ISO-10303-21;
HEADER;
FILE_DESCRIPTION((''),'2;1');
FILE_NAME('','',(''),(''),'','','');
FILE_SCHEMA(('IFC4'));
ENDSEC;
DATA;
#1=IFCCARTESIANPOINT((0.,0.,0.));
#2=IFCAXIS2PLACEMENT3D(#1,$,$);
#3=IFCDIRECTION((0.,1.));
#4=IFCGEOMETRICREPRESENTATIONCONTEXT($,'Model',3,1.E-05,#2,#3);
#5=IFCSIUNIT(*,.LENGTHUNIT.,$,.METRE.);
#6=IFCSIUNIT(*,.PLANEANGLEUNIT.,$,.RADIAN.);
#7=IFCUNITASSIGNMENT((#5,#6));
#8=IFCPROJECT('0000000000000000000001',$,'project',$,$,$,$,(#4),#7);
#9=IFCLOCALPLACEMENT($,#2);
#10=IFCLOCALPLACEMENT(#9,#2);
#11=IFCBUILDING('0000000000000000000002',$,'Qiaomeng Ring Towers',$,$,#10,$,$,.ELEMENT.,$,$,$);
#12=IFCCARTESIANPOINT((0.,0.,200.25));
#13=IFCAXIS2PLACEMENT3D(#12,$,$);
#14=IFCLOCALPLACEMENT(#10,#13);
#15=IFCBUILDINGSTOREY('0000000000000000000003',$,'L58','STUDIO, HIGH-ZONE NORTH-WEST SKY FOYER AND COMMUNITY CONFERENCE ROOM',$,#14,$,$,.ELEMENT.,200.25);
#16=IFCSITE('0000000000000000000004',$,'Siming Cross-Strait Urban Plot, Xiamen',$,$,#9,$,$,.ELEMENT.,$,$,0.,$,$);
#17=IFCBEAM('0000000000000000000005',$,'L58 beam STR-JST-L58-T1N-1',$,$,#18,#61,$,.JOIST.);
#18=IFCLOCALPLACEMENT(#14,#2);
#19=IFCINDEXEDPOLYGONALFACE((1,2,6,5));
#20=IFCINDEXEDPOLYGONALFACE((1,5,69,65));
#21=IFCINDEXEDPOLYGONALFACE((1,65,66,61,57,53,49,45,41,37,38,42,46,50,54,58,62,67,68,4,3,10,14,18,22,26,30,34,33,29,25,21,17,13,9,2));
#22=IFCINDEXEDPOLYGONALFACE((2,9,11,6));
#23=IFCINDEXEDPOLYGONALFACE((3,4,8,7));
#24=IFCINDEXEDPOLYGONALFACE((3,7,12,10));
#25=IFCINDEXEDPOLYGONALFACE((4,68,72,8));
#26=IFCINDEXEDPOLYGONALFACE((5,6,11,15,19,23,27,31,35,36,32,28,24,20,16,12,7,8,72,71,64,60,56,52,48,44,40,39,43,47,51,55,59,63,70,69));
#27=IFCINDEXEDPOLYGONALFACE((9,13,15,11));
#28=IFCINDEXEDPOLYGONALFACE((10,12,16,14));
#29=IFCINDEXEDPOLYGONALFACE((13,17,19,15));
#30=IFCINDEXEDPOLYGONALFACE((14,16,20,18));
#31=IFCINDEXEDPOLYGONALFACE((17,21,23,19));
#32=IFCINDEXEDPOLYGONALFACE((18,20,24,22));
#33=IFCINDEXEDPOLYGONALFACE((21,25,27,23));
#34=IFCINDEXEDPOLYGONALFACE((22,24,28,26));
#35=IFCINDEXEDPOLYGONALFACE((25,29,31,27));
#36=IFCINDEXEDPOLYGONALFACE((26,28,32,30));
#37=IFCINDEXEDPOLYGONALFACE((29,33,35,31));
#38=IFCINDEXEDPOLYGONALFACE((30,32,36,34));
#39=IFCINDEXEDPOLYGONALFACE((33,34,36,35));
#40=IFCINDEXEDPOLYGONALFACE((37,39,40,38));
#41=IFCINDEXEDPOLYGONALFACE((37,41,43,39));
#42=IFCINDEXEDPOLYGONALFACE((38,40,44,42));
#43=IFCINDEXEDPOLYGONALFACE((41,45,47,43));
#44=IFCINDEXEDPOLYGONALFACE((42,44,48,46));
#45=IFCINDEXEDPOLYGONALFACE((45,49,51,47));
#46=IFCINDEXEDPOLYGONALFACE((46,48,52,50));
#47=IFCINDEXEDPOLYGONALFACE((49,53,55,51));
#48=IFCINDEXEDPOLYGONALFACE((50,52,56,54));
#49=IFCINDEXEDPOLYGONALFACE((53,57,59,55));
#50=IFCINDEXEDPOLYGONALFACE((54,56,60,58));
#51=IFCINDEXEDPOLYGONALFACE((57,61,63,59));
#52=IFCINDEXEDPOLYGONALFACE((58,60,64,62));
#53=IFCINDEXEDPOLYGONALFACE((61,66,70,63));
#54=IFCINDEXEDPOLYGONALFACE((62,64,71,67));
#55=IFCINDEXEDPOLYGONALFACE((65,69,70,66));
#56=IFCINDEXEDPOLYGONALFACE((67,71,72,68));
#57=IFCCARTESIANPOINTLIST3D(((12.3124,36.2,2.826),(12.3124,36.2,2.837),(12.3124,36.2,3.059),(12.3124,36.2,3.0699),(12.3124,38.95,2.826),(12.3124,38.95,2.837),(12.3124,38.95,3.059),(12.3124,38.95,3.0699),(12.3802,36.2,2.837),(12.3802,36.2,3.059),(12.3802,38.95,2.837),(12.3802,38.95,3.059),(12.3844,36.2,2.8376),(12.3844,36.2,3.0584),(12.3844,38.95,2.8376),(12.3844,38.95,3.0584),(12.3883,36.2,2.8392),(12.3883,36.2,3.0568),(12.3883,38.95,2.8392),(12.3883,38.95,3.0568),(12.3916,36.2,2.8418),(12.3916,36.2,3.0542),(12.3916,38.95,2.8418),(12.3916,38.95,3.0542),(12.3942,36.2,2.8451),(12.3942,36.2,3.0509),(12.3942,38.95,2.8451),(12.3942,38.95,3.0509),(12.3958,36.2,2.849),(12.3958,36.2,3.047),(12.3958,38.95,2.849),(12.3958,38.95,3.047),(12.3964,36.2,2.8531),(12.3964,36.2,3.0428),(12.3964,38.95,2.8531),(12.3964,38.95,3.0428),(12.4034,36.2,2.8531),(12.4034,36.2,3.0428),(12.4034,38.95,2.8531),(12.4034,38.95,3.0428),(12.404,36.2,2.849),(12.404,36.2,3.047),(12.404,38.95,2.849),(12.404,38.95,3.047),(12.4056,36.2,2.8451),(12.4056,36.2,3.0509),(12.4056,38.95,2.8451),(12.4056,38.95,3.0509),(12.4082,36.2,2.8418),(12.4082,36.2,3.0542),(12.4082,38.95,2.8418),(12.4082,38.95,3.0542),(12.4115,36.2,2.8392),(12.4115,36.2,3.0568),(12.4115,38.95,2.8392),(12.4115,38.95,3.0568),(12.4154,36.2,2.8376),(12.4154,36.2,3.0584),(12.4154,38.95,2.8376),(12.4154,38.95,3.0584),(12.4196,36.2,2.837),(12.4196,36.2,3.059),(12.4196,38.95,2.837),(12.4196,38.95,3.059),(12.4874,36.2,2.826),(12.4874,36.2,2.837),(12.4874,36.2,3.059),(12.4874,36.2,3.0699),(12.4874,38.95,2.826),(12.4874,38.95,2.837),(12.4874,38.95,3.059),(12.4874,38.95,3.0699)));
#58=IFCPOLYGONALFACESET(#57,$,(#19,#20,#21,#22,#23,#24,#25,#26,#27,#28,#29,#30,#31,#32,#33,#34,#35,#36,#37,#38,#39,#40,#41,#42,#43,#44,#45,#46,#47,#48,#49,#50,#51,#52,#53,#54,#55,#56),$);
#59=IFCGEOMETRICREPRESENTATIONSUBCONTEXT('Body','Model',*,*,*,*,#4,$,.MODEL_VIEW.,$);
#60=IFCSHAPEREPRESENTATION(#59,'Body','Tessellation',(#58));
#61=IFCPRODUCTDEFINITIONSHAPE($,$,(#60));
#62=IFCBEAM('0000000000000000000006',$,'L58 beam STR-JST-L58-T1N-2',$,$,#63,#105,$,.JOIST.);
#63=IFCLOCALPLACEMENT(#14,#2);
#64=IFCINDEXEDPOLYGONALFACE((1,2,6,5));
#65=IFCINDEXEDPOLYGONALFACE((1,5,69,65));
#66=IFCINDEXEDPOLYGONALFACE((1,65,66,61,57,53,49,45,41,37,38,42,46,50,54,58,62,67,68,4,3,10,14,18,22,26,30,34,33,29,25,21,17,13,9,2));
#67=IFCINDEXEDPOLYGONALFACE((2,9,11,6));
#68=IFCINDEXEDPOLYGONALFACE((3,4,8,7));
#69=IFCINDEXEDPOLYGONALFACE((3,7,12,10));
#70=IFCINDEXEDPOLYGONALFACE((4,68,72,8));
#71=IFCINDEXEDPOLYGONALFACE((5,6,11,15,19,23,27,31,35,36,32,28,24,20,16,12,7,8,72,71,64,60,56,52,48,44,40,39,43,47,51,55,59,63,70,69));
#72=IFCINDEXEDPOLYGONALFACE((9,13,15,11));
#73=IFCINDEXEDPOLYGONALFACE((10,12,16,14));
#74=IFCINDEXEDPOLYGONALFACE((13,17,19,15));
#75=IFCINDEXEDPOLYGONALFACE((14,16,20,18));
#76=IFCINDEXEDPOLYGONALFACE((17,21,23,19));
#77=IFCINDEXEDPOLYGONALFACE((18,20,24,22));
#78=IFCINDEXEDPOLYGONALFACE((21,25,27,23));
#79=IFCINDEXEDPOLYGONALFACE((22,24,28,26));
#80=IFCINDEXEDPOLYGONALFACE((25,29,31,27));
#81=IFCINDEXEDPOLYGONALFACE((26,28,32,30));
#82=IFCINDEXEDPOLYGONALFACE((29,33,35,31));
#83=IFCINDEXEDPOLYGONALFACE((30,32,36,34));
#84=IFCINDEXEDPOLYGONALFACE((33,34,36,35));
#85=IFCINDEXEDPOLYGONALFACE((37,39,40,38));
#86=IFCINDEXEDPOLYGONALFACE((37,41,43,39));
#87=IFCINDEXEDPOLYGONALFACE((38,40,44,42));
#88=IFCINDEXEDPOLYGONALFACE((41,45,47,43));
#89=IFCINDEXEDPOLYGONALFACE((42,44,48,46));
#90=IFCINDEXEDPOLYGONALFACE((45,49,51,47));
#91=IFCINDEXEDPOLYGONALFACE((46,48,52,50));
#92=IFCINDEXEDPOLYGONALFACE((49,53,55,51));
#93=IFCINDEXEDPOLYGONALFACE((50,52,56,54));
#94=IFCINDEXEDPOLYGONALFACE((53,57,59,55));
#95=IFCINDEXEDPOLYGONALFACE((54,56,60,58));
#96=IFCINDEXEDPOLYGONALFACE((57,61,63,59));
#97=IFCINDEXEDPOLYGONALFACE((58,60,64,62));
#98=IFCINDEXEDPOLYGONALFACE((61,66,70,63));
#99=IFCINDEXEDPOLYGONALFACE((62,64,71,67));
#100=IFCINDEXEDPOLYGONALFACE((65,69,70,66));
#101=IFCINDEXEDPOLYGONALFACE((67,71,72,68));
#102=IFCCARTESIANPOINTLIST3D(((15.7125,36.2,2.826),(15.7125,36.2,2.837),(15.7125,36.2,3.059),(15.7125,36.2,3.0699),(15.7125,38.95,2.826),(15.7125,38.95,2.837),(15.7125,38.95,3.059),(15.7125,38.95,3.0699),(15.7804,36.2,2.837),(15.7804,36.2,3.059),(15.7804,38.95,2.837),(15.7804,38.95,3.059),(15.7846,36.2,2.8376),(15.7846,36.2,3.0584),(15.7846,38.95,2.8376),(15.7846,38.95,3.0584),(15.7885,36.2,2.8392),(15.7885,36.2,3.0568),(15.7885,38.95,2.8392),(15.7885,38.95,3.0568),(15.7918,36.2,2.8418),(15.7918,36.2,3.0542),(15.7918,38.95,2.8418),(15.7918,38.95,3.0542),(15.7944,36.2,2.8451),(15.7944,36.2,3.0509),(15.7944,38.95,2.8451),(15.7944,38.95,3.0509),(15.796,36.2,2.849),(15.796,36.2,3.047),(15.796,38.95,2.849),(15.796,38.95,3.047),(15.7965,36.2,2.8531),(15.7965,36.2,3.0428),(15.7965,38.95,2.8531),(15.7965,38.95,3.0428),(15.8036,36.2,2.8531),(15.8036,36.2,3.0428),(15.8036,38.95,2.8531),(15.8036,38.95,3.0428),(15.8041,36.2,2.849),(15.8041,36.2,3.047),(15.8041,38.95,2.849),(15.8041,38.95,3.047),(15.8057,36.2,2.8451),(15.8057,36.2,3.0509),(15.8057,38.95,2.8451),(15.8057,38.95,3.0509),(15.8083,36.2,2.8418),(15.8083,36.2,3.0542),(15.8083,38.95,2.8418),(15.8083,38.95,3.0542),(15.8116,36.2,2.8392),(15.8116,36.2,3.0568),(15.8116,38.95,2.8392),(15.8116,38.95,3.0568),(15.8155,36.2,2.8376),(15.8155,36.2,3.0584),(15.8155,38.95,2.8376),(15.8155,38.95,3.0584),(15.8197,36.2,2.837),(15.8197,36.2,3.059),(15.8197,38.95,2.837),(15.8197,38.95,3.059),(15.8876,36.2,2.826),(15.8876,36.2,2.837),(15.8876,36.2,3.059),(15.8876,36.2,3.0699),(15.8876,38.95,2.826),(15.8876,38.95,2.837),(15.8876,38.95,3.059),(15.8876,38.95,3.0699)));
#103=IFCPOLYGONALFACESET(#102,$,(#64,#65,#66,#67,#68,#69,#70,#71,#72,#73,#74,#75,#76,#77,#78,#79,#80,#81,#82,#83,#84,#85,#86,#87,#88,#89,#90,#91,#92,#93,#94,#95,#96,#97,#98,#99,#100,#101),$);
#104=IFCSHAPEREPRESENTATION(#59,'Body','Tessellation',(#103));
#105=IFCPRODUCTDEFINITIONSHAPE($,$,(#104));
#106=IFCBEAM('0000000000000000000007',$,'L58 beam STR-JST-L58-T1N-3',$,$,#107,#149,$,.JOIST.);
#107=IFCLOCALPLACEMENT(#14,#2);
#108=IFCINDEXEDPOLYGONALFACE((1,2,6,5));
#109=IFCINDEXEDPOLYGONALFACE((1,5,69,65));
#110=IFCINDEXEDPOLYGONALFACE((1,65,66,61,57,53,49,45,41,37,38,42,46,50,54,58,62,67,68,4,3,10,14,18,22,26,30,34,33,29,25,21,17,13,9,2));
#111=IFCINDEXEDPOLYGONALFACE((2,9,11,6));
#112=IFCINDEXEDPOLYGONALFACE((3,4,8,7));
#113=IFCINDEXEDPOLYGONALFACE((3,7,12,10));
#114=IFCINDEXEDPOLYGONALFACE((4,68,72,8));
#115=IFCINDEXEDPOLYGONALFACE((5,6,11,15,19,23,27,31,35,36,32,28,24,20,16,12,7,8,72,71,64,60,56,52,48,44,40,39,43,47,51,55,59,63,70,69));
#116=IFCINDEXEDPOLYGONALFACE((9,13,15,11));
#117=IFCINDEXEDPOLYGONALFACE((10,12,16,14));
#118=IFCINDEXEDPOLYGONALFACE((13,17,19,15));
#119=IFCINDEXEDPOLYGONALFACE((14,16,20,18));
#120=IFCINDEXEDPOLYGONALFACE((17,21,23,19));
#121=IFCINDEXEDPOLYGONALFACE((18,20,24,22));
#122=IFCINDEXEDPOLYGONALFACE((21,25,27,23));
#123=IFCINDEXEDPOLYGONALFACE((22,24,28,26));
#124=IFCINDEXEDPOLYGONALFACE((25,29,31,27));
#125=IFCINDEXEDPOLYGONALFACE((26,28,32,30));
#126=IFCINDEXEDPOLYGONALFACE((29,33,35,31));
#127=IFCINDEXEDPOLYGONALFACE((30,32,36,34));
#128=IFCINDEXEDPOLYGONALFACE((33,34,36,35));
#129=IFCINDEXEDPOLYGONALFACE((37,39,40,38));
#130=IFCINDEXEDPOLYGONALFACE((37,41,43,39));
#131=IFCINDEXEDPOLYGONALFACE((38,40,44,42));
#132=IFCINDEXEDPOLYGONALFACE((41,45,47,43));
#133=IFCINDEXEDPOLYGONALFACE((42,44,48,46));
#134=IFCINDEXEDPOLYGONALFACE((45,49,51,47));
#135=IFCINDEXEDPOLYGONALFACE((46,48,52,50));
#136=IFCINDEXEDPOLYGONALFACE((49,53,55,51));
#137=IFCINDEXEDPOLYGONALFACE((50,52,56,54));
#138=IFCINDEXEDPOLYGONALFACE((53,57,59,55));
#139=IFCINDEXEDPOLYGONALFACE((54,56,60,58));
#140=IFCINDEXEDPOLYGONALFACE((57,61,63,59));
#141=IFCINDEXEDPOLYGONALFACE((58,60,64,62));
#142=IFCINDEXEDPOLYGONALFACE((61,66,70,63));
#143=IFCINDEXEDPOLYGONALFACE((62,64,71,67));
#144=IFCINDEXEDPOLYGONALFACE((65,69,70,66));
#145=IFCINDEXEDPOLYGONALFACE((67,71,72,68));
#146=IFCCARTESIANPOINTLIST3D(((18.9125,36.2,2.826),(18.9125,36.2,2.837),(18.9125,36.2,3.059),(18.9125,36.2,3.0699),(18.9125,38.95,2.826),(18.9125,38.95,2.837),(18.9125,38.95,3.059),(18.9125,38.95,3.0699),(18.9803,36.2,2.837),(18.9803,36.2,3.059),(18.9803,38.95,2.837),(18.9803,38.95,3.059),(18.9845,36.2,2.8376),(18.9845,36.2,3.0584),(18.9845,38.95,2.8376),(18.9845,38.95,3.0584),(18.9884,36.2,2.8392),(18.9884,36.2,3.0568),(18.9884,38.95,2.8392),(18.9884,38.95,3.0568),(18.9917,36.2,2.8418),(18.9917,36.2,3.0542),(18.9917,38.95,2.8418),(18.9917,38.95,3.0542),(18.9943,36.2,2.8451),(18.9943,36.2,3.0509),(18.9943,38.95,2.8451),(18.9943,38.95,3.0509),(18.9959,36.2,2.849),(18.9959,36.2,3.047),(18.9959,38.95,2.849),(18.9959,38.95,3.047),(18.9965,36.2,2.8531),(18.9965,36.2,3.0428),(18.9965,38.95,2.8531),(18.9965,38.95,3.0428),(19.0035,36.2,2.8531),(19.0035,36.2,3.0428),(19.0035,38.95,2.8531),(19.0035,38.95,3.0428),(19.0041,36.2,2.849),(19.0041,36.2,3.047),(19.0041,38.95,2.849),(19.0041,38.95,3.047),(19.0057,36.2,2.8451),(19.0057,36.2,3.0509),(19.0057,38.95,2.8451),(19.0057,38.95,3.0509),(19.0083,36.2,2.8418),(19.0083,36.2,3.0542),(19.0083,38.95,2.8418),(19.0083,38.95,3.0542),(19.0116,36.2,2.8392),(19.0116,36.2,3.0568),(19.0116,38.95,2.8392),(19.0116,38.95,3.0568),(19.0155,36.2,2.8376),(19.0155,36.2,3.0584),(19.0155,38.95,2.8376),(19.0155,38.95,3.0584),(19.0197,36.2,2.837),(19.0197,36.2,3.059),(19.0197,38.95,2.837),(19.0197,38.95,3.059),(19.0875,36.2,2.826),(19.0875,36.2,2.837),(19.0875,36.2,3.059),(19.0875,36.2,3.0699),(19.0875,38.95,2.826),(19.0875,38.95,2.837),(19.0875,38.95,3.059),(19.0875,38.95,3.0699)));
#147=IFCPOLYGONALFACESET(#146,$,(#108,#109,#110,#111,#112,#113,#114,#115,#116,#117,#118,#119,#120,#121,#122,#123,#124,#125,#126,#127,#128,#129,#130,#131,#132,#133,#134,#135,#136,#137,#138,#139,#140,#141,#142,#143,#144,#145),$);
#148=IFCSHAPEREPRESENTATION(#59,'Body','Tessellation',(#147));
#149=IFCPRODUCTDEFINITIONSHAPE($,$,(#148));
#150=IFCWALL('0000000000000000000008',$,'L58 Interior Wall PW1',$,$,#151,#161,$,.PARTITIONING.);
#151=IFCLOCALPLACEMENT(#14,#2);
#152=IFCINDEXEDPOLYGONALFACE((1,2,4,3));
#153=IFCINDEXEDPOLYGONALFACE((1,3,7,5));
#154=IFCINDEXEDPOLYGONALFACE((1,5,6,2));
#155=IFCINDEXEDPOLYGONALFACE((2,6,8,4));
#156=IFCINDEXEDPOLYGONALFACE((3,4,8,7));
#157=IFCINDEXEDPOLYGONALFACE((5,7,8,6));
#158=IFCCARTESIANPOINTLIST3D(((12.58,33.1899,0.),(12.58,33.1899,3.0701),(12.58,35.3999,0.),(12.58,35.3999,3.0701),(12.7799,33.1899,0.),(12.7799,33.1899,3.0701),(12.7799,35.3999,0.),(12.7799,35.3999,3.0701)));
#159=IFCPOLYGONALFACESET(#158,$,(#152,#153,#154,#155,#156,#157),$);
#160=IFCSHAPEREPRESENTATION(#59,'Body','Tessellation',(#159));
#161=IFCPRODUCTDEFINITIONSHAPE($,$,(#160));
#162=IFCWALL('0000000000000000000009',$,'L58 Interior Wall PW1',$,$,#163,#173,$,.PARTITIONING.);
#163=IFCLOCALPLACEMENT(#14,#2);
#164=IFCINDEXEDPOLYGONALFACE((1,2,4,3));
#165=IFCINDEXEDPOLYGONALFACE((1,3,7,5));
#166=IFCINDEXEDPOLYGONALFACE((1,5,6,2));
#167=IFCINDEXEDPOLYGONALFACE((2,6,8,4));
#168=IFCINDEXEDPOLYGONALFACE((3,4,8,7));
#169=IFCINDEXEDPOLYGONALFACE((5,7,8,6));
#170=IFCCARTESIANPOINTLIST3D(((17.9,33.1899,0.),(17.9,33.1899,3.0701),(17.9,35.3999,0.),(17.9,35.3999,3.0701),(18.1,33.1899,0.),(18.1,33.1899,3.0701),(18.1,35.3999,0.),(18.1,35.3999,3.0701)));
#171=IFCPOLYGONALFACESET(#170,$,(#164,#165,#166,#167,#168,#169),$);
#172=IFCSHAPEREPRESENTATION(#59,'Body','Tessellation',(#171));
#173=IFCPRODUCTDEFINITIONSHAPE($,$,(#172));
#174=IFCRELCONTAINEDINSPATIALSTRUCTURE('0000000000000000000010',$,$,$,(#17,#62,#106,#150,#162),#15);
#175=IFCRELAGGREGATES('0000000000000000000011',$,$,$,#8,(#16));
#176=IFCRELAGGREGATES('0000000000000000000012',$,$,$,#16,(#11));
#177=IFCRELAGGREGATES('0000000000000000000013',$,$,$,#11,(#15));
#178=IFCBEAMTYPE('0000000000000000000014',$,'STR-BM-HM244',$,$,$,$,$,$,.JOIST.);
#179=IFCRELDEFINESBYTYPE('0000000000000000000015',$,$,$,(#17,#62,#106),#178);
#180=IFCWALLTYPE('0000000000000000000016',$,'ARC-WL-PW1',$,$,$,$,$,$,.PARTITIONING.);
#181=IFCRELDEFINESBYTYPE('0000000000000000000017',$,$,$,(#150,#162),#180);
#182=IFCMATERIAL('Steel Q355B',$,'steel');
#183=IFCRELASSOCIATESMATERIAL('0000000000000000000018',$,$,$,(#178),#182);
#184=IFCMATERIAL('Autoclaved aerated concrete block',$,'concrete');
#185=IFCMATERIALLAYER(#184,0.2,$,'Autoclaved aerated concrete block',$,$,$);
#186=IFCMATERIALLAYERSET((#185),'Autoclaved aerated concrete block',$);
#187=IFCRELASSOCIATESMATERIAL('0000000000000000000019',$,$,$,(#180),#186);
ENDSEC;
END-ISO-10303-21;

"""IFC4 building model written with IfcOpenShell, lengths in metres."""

from ifc_helpers import new_model, si_unit, direction, frame, frame_2d, origin, origin_2d, place, context, subcontext, project, spatial, rectangle, i_section, extrude, source, transform, mapped, material, layer, layer_set, material_profile, profile_set, type_object, element, save


model = new_model("IFC4")

# Units and contexts
model_context = context("Model", 3, precision=1e-05, world=origin(), true_north=direction((0.0, 1.0)))
body_context = subcontext(model_context, "Body", "Model", "MODEL_VIEW")
ifc_project = project(units=[si_unit("LENGTHUNIT", "METRE"), si_unit("PLANEANGLEUNIT", "RADIAN")], contexts=[model_context])

# Site, building, storey
site_placement = place(None, origin())
site = spatial("IfcSite", under=ifc_project, at=site_placement, Name="Siming Cross-Strait Urban Plot, Xiamen", CompositionType="ELEMENT", RefElevation=0.0)
building_placement = place(site_placement, origin())
building = spatial("IfcBuilding", under=site, at=building_placement, Name="Qiaomeng Ring Towers", CompositionType="ELEMENT")
storey_placement = place(building_placement, frame((0.0, 0.0, 200.25)))
storey = spatial("IfcBuildingStorey", under=building, at=storey_placement, Name="L58", Description="STUDIO, HIGH-ZONE NORTH-WEST SKY FOYER AND COMMUNITY CONFERENCE ROOM", CompositionType="ELEMENT", Elevation=200.25)

# Beams
ifc_material_1 = material(Name="Steel Q355B", Category="steel")
ifc_material_profile = material_profile(ifc_material_1, i_section(OverallWidth=0.175, OverallDepth=0.2439, WebThickness=0.0071, FlangeThickness=0.011, FilletRadius=0.0161, at=origin_2d()), Name="HM 244x175x7x11")
ifc_profile_set = profile_set([ifc_material_profile], Name="Steel Q355B")
beam_type = type_object("IfcBeamType", Name="STR-BM-HM244", PredefinedType="JOIST", material=ifc_profile_set)
shared_shape_1 = source(origin(), body_context, "Body", "SweptSolid", [
    extrude(i_section(OverallWidth=0.175, OverallDepth=0.2439, WebThickness=0.0071, FlangeThickness=0.011, FilletRadius=0.0161, at=origin_2d()), origin(), (0.0, 0.0, 1.0), 2.75),
])
for number, where, z_axis, x_axis, name in (
    (1, (12.3999, 36.2, 2.948), (0.0, 1.0, 0.0), (-1.0, 0.0, 0.0), "L58 beam STR-JST-L58-T1N-1"),
    (2, (15.8, 36.2, 2.948), (0.0, 1.0, 0.0), (-1.0, 0.0, 0.0), "L58 beam STR-JST-L58-T1N-2"),
    (3, (19.0, 36.2, 2.948), (0.0, 1.0, 0.0), (-1.0, 0.0, 0.0), "L58 beam STR-JST-L58-T1N-3"),
):
    element("IfcBeam", number, at=place(storey_placement, frame(where, z_axis=z_axis, x_axis=x_axis)), inside=storey, type_object=beam_type, Name=name, PredefinedType="JOIST", context=body_context, shape_type="MappedRepresentation", body=[
        mapped(shared_shape_1, transform((0.0, 0.0, 0.0), x_axis=(1.0, 0.0, 0.0), y_axis=(0.0, 1.0, 0.0), z_axis=(0.0, 0.0, 1.0), scale=1.0)),
    ])

# Walls
ifc_material_2 = material(Name="Autoclaved aerated concrete block", Category="concrete")
ifc_layer_1 = layer(ifc_material_2, 0.2, Name="Autoclaved aerated concrete block")
ifc_layer_set_1 = layer_set([ifc_layer_1], Name="Autoclaved aerated concrete block")
wall_type_1 = type_object("IfcWallType", Name="ARC-WL-PW1", PredefinedType="PARTITIONING", material=ifc_layer_set_1)
for number, where, z_axis, x_axis, name in (
    (4, (12.6799, 33.1899, 0.0), (0.0, 0.0, 1.0), (0.0, 1.0, 0.0), "L58 Interior Wall PW1"),
    (5, (18.0, 33.1899, 0.0), (0.0, 0.0, 1.0), (0.0, 1.0, 0.0), "L58 Interior Wall PW1"),
):
    element("IfcWall", number, at=place(storey_placement, frame(where, z_axis=z_axis, x_axis=x_axis)), inside=storey, type_object=wall_type_1, Name=name, PredefinedType="PARTITIONING", context=body_context, shape_type="SweptSolid", body=[
        extrude(rectangle(XDim=2.21, YDim=0.2, at=frame_2d((1.105, 0.0))), origin(), (0.0, 0.0, 1.0), 3.0701),
    ])

save(model, "model.ifc")
